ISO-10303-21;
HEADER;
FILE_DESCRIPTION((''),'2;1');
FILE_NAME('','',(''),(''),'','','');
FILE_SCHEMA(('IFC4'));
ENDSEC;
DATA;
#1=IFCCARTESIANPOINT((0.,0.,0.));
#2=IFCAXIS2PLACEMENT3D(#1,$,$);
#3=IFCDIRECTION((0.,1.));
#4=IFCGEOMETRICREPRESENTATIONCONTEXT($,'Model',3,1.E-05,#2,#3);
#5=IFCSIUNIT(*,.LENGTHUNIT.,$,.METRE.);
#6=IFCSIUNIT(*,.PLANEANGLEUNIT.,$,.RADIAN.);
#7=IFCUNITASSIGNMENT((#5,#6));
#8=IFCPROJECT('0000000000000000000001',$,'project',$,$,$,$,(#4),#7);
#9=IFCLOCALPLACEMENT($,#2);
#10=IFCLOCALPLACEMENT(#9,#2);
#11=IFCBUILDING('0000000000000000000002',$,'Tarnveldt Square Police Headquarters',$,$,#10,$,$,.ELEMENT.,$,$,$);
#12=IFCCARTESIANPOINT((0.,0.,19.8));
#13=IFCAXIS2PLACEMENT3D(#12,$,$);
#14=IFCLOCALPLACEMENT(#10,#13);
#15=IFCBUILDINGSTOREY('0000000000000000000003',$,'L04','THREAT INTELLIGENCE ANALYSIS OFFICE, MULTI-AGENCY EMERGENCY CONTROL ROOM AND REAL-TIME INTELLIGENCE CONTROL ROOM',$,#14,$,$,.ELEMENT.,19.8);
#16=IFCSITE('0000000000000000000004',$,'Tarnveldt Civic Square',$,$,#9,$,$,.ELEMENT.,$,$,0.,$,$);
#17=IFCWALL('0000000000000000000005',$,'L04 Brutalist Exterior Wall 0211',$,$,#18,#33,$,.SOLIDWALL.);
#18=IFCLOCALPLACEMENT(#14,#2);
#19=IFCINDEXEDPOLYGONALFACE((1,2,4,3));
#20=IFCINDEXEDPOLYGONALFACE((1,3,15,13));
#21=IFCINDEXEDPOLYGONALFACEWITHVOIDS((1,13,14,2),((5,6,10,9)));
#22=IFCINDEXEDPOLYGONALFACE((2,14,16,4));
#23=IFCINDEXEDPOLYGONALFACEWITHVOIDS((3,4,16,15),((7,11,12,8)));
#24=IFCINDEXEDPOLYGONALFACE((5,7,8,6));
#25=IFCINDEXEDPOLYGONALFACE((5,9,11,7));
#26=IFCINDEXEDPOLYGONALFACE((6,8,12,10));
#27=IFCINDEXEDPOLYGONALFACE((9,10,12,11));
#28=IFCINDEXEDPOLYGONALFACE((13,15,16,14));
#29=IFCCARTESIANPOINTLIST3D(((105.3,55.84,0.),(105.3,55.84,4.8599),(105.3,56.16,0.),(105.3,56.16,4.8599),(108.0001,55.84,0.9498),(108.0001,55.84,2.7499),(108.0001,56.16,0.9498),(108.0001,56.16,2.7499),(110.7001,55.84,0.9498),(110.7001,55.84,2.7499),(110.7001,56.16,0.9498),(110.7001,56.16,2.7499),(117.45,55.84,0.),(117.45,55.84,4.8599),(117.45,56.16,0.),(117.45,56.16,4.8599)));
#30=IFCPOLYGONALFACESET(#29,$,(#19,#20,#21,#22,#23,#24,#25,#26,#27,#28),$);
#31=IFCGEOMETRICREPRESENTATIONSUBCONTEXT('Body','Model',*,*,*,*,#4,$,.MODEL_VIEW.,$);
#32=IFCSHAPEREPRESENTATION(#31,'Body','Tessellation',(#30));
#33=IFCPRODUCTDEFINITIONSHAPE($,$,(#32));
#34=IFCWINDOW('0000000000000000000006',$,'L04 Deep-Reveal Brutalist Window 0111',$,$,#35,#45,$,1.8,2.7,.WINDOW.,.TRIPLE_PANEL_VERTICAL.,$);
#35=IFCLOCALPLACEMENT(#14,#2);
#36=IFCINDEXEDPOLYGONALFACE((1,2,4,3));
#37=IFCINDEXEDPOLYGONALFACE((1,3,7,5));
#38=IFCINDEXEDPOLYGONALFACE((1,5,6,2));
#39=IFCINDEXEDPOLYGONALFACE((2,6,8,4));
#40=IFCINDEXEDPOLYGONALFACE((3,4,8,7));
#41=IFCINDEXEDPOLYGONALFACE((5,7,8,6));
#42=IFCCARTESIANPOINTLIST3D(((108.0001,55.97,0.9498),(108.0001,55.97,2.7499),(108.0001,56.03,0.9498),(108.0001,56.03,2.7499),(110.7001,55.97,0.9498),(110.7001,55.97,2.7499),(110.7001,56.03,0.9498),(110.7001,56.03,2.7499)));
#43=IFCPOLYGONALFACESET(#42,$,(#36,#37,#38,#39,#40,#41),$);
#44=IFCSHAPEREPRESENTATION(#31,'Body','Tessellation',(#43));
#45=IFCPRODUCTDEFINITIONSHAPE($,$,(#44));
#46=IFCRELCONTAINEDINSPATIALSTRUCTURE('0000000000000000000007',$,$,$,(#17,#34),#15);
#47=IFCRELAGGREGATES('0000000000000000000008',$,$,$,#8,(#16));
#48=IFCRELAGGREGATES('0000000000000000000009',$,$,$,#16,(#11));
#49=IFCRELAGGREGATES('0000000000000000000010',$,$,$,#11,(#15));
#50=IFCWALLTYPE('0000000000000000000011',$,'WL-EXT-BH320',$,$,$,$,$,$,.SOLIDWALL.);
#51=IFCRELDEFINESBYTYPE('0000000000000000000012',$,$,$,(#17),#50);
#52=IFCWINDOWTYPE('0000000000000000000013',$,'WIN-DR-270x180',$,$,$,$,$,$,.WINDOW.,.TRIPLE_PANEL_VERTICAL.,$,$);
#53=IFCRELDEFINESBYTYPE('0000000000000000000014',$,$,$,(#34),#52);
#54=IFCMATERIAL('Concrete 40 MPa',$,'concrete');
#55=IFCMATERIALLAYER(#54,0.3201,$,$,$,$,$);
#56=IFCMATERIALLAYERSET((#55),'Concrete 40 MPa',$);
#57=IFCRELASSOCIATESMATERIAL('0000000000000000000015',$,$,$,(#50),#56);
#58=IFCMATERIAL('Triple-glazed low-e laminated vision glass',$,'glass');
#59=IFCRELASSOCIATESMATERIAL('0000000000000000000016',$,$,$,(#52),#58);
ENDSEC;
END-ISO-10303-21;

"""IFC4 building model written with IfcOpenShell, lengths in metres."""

from ifc_helpers import new_model, si_unit, direction, frame, frame_2d, origin, place, context, subcontext, project, spatial, rectangle, extrude, material, layer, layer_set, type_object, element, fill, save


model = new_model("IFC4")

# Units and contexts
model_context = context("Model", 3, precision=1e-05, world=origin(), true_north=direction((0.0, 1.0)))
body_context = subcontext(model_context, "Body", "Model", "MODEL_VIEW")
ifc_project = project(units=[si_unit("LENGTHUNIT", "METRE"), si_unit("PLANEANGLEUNIT", "RADIAN")], contexts=[model_context])

# Site, building, storey
site_placement = place(None, origin())
site = spatial("IfcSite", under=ifc_project, at=site_placement, Name="Tarnveldt Civic Square", CompositionType="ELEMENT", RefElevation=0.0)
building_placement = place(site_placement, origin())
building = spatial("IfcBuilding", under=site, at=building_placement, Name="Tarnveldt Square Police Headquarters", CompositionType="ELEMENT")
storey_placement = place(building_placement, frame((0.0, 0.0, 19.8)))
storey = spatial("IfcBuildingStorey", under=building, at=storey_placement, Name="L04", Description="THREAT INTELLIGENCE ANALYSIS OFFICE, MULTI-AGENCY EMERGENCY CONTROL ROOM AND REAL-TIME INTELLIGENCE CONTROL ROOM", CompositionType="ELEMENT", Elevation=19.8)

# Shared definitions
ifc_material_1 = material(Name="Concrete 40 MPa", Category="concrete")

# Shared definitions
ifc_material_2 = material(Name="Triple-glazed low-e laminated vision glass", Category="glass")

# Shared definitions
ifc_layer_1 = layer(ifc_material_1, 0.3201)
ifc_layer_set_1 = layer_set([ifc_layer_1], Name="Concrete 40 MPa")
wall_type = type_object("IfcWallType", Name="WL-EXT-BH320", PredefinedType="SOLIDWALL", material=ifc_layer_set_1)

# Wall, opening, window
wall_1_placement = place(storey_placement, frame((105.3, 56.0, 0.0), z_axis=(0.0, 0.0, 1.0), x_axis=(1.0, 0.0, 0.0)))
wall_1 = element("IfcWall", 1, at=wall_1_placement, inside=storey, type_object=wall_type, Name="L04 Brutalist Exterior Wall 0211", PredefinedType="SOLIDWALL", context=body_context, shape_type="SweptSolid", body=[
    extrude(rectangle(XDim=12.1499, YDim=0.3201, at=frame_2d((6.075, 0.0))), origin(), (0.0, 0.0, 1.0), 4.8599),
])
opening_placement = place(wall_1_placement, frame((2.7, 0.0, 0.95)))
opening = element("IfcOpeningElement", 2, at=opening_placement, cuts=wall_1, PredefinedType="OPENING", context=body_context, shape_type="SweptSolid", body=[
    extrude(rectangle(XDim=2.7, YDim=1.8, at=frame_2d((1.3501, 0.8999))), frame((0.0, 0.1699, 0.0), z_axis=(0.0, -1.0, 0.0), x_axis=(1.0, 0.0, 0.0)), (0.0, 0.0, 1.0), 0.3401),
])
window_type = type_object("IfcWindowType", Name="WIN-DR-270x180", PartitioningType="TRIPLE_PANEL_VERTICAL", PredefinedType="WINDOW", material=ifc_material_2)
window_placement = place(opening_placement, origin())
window = element("IfcWindow", 3, at=window_placement, inside=storey, type_object=window_type, Name="L04 Deep-Reveal Brutalist Window 0111", OverallHeight=1.8, OverallWidth=2.7, PartitioningType="TRIPLE_PANEL_VERTICAL", PredefinedType="WINDOW", context=body_context, shape_type="SweptSolid", body=[
    extrude(rectangle(XDim=2.7, YDim=1.8, at=frame_2d((1.3501, 0.8999))), frame((0.0, 0.03, 0.0), z_axis=(0.0, -1.0, 0.0), x_axis=(1.0, 0.0, 0.0)), (0.0, 0.0, 1.0), 0.0601),
])
fill(opening, window)

save(model, "model.ifc")
